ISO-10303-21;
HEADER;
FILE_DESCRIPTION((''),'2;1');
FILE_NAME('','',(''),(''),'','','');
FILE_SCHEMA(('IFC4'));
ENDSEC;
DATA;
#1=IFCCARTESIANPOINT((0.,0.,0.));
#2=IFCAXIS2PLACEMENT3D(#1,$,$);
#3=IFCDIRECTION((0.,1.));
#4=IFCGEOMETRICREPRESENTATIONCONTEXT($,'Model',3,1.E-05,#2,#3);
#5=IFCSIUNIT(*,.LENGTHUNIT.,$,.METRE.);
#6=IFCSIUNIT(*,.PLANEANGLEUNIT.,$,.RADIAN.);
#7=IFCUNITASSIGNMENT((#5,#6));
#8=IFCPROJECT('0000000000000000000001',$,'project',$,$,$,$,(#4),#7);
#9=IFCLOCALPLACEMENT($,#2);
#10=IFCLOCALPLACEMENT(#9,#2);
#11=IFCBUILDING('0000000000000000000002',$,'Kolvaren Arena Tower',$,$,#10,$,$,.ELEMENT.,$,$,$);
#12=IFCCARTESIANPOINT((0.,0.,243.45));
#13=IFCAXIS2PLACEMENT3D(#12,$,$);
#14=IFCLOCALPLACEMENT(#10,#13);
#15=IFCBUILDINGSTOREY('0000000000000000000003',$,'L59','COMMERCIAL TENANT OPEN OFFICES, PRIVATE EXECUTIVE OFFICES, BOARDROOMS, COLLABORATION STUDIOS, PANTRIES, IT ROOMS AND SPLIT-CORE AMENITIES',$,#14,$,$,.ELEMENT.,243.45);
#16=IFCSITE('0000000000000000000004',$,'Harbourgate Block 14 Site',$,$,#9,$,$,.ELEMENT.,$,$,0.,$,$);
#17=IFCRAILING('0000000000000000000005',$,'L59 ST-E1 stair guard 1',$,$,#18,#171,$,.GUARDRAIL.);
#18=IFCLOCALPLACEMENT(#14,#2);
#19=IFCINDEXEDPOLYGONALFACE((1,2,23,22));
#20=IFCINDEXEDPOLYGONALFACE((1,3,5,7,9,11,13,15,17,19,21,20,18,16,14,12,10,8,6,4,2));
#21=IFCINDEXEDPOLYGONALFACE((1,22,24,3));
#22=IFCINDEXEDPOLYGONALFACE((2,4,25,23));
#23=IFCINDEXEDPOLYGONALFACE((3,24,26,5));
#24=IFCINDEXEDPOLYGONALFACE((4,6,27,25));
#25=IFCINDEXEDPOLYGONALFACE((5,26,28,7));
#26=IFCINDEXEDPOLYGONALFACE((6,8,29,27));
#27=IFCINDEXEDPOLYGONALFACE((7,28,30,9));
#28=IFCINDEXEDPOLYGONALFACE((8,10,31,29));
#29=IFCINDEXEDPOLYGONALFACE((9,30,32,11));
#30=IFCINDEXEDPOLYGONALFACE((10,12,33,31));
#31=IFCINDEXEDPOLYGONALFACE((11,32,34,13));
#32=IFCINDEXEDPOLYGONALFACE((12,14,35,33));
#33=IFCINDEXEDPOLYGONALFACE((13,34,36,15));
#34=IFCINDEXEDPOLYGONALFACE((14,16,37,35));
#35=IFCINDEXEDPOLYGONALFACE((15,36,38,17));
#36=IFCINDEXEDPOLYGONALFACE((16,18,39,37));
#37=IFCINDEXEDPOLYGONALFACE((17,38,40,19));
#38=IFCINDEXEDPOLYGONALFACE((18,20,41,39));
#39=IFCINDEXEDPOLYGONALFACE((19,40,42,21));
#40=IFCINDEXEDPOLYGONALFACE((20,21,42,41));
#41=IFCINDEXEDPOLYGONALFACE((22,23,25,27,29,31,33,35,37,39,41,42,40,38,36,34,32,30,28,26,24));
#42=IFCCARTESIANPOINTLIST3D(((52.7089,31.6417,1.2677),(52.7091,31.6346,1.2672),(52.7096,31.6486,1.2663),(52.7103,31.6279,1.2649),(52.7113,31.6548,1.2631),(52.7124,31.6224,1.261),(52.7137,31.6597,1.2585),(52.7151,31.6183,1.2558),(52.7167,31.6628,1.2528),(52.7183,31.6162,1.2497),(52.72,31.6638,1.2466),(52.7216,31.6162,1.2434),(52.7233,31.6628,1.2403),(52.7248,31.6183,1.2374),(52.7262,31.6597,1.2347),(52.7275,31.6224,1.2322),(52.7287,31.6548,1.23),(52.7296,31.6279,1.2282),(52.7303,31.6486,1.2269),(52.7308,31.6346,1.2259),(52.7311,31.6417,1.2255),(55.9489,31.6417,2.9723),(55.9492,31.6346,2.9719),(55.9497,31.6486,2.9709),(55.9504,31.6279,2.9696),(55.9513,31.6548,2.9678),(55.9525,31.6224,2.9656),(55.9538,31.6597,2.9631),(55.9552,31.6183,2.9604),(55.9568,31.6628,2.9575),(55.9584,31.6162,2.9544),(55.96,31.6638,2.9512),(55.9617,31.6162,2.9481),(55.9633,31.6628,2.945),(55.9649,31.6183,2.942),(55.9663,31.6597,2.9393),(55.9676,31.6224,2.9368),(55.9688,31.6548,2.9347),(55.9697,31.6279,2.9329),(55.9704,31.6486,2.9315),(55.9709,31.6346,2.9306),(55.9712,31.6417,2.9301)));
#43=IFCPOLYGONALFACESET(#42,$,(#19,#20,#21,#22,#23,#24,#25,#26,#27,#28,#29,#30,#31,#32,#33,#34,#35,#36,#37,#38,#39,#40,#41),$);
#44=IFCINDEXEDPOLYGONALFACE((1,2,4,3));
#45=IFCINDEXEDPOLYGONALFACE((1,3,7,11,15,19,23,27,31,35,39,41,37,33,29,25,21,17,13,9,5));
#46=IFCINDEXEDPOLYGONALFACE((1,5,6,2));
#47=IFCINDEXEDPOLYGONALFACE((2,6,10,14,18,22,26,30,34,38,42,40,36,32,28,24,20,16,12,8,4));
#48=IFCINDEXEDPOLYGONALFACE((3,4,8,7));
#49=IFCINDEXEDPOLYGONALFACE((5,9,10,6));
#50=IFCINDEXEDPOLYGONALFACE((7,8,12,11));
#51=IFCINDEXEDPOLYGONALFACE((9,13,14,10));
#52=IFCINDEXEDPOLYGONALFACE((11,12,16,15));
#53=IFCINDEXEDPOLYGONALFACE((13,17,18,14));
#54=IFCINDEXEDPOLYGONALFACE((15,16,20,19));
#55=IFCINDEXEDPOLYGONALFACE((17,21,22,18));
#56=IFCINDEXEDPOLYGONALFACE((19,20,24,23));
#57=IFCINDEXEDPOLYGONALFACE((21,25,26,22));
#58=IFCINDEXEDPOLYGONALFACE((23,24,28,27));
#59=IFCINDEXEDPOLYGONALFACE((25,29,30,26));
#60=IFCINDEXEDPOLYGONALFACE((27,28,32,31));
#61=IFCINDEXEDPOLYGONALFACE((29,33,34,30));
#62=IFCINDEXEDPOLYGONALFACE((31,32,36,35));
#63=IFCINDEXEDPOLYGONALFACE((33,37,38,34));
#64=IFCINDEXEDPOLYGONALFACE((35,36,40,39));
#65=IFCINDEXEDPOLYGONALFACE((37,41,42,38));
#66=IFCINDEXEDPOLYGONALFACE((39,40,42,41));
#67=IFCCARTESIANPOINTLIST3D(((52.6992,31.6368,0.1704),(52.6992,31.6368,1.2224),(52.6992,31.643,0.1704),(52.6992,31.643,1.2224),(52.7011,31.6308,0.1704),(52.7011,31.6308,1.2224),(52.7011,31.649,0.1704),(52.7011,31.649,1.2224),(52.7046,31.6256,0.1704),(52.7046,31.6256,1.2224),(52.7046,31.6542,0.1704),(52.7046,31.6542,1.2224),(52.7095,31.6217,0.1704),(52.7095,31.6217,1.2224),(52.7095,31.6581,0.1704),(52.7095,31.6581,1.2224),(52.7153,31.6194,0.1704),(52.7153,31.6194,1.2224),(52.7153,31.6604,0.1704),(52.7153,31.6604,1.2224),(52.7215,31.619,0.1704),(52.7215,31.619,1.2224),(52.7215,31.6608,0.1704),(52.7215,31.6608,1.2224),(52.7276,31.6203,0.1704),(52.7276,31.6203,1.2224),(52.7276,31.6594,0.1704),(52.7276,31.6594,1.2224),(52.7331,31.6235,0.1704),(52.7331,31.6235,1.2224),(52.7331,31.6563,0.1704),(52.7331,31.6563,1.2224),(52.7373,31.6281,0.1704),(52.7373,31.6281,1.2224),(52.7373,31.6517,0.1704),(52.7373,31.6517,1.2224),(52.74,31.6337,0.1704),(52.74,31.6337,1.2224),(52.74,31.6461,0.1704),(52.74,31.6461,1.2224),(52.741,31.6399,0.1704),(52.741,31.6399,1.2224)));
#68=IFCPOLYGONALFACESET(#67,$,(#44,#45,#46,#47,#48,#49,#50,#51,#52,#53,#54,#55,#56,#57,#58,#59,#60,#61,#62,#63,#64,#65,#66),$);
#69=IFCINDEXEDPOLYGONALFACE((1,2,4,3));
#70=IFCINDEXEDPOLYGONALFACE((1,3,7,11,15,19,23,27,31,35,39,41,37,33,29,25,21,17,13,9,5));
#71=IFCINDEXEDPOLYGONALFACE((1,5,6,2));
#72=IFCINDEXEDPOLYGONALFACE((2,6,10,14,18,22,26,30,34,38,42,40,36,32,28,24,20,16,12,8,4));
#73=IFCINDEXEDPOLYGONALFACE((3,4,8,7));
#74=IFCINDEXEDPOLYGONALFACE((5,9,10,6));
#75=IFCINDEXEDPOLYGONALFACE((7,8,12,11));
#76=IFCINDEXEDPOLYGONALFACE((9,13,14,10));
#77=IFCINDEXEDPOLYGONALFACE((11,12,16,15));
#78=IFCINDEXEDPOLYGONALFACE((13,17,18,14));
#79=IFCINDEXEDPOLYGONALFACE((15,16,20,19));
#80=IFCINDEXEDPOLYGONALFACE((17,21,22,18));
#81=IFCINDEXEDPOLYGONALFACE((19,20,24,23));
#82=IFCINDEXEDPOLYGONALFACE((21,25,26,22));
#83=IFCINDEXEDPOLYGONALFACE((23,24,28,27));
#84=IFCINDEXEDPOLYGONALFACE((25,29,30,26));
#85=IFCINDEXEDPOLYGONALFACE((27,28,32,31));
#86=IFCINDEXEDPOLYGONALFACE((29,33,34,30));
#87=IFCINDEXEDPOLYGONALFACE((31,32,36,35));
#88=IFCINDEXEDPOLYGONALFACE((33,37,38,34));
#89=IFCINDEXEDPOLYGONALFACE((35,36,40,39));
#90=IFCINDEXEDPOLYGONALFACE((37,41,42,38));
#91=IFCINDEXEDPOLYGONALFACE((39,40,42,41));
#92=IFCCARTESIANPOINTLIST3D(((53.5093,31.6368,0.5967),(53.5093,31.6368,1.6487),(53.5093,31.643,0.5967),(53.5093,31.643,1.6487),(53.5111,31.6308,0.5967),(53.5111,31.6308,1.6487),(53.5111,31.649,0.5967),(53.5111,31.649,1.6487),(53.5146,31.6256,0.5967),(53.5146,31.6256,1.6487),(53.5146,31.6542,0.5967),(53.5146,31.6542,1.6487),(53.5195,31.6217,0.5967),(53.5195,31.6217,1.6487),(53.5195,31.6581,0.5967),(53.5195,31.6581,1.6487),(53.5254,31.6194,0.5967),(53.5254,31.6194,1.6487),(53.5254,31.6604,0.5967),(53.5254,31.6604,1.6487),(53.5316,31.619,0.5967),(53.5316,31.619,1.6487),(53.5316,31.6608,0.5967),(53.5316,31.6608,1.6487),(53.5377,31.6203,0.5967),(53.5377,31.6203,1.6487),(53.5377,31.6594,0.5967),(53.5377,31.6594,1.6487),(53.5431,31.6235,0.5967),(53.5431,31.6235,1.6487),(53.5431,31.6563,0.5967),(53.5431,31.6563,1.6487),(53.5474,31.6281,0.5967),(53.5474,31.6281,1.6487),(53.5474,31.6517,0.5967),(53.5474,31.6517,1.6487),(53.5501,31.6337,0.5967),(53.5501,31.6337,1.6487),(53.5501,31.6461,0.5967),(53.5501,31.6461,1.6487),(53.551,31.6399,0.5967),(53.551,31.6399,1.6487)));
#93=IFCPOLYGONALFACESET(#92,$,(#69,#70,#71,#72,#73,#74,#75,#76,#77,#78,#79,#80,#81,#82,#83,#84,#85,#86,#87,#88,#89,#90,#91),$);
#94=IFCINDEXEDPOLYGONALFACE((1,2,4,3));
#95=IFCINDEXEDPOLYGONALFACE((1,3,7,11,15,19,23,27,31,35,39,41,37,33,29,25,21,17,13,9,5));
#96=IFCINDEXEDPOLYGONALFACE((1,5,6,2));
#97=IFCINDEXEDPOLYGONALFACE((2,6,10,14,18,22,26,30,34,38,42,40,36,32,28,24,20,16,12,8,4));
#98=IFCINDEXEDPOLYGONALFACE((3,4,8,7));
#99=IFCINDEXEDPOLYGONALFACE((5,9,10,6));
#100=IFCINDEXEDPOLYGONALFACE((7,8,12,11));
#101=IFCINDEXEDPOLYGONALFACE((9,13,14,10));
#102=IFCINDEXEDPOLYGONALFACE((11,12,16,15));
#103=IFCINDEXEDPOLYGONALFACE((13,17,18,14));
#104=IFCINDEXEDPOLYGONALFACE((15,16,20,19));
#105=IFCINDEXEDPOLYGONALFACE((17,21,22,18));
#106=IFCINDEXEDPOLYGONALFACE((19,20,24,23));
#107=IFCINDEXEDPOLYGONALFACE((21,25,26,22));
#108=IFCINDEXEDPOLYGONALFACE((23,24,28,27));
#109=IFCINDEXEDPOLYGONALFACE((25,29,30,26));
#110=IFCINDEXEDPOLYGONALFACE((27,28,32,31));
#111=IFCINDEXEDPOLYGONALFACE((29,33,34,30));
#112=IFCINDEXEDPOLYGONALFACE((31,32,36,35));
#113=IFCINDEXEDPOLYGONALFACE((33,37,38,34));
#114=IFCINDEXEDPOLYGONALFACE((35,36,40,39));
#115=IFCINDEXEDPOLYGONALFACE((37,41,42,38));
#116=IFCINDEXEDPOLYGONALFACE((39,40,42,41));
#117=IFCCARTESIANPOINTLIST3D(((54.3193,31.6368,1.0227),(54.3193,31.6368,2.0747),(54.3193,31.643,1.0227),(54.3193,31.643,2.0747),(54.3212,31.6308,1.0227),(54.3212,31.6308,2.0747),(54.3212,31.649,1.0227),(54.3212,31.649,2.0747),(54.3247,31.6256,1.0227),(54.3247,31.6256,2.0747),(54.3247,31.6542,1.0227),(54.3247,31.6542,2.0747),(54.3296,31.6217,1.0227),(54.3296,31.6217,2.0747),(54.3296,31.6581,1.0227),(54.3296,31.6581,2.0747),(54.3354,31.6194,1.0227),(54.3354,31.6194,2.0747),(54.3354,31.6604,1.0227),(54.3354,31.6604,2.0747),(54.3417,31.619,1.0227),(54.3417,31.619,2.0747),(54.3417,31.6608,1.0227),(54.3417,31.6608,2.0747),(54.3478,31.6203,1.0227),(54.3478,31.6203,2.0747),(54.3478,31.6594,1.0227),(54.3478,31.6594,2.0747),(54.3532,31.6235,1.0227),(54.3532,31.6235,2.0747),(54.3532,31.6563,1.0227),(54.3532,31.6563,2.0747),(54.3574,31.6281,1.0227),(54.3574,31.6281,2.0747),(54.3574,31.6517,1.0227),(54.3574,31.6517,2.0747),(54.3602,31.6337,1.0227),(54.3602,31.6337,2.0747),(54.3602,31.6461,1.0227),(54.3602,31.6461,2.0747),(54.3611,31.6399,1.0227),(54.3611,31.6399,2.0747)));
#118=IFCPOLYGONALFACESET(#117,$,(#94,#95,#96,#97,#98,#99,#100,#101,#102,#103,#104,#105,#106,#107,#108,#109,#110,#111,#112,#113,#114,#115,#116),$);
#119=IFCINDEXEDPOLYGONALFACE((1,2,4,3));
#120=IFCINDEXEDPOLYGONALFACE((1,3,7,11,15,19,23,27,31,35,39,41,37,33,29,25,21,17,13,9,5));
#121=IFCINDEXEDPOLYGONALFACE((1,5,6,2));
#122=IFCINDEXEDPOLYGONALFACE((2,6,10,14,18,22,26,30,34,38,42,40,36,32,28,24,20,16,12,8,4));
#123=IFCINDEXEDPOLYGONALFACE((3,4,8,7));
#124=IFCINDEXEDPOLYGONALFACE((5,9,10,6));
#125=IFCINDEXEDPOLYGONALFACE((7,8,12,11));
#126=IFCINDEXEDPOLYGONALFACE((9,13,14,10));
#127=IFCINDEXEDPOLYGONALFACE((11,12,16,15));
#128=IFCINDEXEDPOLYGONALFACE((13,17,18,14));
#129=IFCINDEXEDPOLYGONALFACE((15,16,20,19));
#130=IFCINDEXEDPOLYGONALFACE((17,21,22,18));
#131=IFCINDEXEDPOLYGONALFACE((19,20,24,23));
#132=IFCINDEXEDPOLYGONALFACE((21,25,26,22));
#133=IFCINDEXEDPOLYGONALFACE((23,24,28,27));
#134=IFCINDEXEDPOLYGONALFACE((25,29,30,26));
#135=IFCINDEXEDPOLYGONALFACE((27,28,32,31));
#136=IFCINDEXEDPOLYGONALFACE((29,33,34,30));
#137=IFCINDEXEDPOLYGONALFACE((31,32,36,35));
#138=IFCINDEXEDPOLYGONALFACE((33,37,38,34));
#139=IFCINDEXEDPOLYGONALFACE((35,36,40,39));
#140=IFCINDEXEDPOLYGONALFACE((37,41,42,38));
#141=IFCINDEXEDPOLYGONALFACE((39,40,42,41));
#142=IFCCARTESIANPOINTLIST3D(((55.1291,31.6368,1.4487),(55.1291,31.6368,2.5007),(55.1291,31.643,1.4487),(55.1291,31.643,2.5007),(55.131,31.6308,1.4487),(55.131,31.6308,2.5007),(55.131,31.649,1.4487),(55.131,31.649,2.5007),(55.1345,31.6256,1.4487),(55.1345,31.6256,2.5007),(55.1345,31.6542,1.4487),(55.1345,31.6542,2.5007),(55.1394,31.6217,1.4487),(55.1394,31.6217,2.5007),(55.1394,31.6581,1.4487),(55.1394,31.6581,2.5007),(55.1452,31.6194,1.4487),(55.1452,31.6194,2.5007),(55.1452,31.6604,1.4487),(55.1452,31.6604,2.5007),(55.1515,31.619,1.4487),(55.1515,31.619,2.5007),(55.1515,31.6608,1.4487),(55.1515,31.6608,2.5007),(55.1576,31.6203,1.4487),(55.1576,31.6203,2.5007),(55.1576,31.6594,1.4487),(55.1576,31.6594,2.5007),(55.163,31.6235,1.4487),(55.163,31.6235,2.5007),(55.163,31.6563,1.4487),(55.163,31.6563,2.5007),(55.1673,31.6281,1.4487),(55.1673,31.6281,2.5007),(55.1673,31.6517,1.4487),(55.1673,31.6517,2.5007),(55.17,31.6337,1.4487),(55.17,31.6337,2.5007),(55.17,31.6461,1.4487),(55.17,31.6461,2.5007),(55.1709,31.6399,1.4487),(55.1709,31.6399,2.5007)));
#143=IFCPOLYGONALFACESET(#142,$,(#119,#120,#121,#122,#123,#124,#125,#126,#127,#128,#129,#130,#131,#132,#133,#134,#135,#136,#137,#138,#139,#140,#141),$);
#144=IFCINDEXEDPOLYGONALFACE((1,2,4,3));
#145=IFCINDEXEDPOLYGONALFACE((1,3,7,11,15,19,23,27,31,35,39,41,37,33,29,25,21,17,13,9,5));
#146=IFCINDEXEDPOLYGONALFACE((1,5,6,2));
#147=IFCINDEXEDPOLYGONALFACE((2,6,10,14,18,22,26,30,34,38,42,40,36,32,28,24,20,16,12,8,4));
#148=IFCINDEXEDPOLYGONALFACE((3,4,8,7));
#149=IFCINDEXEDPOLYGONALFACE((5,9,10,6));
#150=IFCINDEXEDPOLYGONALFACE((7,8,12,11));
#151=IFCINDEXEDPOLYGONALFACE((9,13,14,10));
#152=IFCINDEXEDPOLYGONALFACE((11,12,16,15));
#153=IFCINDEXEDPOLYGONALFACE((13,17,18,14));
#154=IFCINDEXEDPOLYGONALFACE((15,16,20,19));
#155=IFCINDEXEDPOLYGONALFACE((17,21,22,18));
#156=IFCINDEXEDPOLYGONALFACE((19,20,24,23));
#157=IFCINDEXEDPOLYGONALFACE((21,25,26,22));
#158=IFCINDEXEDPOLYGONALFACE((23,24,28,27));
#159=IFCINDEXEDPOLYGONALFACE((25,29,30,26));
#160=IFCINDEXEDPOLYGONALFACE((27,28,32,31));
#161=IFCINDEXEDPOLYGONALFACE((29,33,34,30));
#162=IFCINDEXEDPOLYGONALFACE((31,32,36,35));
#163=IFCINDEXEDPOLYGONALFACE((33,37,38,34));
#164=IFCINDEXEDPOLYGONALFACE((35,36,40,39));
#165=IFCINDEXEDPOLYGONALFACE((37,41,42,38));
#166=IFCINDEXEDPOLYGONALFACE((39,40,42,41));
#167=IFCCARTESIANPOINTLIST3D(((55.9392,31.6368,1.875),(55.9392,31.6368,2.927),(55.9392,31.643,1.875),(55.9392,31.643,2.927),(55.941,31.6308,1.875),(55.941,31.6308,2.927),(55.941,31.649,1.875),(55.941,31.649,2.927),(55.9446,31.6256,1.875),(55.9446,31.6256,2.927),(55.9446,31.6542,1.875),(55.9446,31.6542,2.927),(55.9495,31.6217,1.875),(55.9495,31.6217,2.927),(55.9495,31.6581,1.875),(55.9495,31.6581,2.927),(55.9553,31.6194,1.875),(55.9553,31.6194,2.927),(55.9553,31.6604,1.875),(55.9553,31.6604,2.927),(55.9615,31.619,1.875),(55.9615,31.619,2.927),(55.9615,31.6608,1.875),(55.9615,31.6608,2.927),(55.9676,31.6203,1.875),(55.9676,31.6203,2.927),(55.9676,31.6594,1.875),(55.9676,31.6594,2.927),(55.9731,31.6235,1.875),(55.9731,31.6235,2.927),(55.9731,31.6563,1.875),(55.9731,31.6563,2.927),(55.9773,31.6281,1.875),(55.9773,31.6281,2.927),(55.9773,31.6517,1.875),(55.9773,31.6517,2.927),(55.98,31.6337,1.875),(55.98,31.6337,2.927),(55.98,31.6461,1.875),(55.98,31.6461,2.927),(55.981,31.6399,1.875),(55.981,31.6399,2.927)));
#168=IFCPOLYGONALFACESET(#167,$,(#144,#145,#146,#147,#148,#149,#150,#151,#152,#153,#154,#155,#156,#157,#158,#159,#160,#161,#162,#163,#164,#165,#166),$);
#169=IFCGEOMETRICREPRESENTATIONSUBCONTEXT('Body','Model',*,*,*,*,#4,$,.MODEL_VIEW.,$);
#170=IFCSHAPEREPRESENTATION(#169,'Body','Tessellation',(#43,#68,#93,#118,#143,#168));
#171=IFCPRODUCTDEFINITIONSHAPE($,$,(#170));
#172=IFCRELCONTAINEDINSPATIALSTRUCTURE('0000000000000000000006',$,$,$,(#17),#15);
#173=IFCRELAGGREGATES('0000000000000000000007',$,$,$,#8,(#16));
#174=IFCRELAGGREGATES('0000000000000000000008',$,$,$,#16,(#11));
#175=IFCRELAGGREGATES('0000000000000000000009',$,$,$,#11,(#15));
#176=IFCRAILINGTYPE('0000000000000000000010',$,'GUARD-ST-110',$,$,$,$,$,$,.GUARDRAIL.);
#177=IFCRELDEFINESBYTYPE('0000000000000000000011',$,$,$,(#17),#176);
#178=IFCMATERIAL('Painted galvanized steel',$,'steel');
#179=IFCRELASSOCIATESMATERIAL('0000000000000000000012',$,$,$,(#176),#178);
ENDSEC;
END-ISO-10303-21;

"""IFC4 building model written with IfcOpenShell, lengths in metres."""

from ifc_helpers import new_model, si_unit, direction, frame, origin, origin_2d, place, context, subcontext, project, spatial, circle, extrude, material, type_object, element, save


model = new_model("IFC4")

# Units and contexts
model_context = context("Model", 3, precision=1e-05, world=origin(), true_north=direction((0.0, 1.0)))
body_context = subcontext(model_context, "Body", "Model", "MODEL_VIEW")
ifc_project = project(units=[si_unit("LENGTHUNIT", "METRE"), si_unit("PLANEANGLEUNIT", "RADIAN")], contexts=[model_context])

# Site, building, storey
site_placement = place(None, origin())
site = spatial("IfcSite", under=ifc_project, at=site_placement, Name="Harbourgate Block 14 Site", CompositionType="ELEMENT", RefElevation=0.0)
building_placement = place(site_placement, origin())
building = spatial("IfcBuilding", under=site, at=building_placement, Name="Kolvaren Arena Tower", CompositionType="ELEMENT")
storey_placement = place(building_placement, frame((0.0, 0.0, 243.45)))
storey = spatial("IfcBuildingStorey", under=building, at=storey_placement, Name="L59", Description="COMMERCIAL TENANT OPEN OFFICES, PRIVATE EXECUTIVE OFFICES, BOARDROOMS, COLLABORATION STUDIOS, PANTRIES, IT ROOMS AND SPLIT-CORE AMENITIES", CompositionType="ELEMENT", Elevation=243.45)

# Railing
ifc_material_1 = material(Name="Painted galvanized steel", Category="steel")
railing_type_1 = type_object("IfcRailingType", Name="GUARD-ST-110", PredefinedType="GUARDRAIL", material=ifc_material_1)
railing_1_placement = place(storey_placement, frame((52.72, 31.6399, 0.1704)))
element("IfcRailing", 1, at=railing_1_placement, inside=storey, type_object=railing_type_1, Name="L59 ST-E1 stair guard 1", PredefinedType="GUARDRAIL", context=body_context, shape_type="SweptSolid", body=[
    extrude(circle(Radius=0.0239, at=origin_2d()), frame((0.0, 0.0, 1.0762), z_axis=(0.884993, 0.0, 0.465604), x_axis=(0.0, 1.0, 0.0)), (0.0, 0.0, 1.0), 3.6611),
    extrude(circle(Radius=0.021, at=origin_2d()), origin(), (0.0, 0.0, 1.0), 1.052),
    extrude(circle(Radius=0.021, at=origin_2d()), frame((0.8101, 0.0, 0.4263)), (0.0, 0.0, 1.0), 1.052),
    extrude(circle(Radius=0.021, at=origin_2d()), frame((1.6201, 0.0, 0.8523)), (0.0, 0.0, 1.0), 1.052),
    extrude(circle(Radius=0.021, at=origin_2d()), frame((2.4299, 0.0, 1.2783)), (0.0, 0.0, 1.0), 1.052),
    extrude(circle(Radius=0.021, at=origin_2d()), frame((3.24, 0.0, 1.7046)), (0.0, 0.0, 1.0), 1.052),
])

save(model, "model.ifc")
